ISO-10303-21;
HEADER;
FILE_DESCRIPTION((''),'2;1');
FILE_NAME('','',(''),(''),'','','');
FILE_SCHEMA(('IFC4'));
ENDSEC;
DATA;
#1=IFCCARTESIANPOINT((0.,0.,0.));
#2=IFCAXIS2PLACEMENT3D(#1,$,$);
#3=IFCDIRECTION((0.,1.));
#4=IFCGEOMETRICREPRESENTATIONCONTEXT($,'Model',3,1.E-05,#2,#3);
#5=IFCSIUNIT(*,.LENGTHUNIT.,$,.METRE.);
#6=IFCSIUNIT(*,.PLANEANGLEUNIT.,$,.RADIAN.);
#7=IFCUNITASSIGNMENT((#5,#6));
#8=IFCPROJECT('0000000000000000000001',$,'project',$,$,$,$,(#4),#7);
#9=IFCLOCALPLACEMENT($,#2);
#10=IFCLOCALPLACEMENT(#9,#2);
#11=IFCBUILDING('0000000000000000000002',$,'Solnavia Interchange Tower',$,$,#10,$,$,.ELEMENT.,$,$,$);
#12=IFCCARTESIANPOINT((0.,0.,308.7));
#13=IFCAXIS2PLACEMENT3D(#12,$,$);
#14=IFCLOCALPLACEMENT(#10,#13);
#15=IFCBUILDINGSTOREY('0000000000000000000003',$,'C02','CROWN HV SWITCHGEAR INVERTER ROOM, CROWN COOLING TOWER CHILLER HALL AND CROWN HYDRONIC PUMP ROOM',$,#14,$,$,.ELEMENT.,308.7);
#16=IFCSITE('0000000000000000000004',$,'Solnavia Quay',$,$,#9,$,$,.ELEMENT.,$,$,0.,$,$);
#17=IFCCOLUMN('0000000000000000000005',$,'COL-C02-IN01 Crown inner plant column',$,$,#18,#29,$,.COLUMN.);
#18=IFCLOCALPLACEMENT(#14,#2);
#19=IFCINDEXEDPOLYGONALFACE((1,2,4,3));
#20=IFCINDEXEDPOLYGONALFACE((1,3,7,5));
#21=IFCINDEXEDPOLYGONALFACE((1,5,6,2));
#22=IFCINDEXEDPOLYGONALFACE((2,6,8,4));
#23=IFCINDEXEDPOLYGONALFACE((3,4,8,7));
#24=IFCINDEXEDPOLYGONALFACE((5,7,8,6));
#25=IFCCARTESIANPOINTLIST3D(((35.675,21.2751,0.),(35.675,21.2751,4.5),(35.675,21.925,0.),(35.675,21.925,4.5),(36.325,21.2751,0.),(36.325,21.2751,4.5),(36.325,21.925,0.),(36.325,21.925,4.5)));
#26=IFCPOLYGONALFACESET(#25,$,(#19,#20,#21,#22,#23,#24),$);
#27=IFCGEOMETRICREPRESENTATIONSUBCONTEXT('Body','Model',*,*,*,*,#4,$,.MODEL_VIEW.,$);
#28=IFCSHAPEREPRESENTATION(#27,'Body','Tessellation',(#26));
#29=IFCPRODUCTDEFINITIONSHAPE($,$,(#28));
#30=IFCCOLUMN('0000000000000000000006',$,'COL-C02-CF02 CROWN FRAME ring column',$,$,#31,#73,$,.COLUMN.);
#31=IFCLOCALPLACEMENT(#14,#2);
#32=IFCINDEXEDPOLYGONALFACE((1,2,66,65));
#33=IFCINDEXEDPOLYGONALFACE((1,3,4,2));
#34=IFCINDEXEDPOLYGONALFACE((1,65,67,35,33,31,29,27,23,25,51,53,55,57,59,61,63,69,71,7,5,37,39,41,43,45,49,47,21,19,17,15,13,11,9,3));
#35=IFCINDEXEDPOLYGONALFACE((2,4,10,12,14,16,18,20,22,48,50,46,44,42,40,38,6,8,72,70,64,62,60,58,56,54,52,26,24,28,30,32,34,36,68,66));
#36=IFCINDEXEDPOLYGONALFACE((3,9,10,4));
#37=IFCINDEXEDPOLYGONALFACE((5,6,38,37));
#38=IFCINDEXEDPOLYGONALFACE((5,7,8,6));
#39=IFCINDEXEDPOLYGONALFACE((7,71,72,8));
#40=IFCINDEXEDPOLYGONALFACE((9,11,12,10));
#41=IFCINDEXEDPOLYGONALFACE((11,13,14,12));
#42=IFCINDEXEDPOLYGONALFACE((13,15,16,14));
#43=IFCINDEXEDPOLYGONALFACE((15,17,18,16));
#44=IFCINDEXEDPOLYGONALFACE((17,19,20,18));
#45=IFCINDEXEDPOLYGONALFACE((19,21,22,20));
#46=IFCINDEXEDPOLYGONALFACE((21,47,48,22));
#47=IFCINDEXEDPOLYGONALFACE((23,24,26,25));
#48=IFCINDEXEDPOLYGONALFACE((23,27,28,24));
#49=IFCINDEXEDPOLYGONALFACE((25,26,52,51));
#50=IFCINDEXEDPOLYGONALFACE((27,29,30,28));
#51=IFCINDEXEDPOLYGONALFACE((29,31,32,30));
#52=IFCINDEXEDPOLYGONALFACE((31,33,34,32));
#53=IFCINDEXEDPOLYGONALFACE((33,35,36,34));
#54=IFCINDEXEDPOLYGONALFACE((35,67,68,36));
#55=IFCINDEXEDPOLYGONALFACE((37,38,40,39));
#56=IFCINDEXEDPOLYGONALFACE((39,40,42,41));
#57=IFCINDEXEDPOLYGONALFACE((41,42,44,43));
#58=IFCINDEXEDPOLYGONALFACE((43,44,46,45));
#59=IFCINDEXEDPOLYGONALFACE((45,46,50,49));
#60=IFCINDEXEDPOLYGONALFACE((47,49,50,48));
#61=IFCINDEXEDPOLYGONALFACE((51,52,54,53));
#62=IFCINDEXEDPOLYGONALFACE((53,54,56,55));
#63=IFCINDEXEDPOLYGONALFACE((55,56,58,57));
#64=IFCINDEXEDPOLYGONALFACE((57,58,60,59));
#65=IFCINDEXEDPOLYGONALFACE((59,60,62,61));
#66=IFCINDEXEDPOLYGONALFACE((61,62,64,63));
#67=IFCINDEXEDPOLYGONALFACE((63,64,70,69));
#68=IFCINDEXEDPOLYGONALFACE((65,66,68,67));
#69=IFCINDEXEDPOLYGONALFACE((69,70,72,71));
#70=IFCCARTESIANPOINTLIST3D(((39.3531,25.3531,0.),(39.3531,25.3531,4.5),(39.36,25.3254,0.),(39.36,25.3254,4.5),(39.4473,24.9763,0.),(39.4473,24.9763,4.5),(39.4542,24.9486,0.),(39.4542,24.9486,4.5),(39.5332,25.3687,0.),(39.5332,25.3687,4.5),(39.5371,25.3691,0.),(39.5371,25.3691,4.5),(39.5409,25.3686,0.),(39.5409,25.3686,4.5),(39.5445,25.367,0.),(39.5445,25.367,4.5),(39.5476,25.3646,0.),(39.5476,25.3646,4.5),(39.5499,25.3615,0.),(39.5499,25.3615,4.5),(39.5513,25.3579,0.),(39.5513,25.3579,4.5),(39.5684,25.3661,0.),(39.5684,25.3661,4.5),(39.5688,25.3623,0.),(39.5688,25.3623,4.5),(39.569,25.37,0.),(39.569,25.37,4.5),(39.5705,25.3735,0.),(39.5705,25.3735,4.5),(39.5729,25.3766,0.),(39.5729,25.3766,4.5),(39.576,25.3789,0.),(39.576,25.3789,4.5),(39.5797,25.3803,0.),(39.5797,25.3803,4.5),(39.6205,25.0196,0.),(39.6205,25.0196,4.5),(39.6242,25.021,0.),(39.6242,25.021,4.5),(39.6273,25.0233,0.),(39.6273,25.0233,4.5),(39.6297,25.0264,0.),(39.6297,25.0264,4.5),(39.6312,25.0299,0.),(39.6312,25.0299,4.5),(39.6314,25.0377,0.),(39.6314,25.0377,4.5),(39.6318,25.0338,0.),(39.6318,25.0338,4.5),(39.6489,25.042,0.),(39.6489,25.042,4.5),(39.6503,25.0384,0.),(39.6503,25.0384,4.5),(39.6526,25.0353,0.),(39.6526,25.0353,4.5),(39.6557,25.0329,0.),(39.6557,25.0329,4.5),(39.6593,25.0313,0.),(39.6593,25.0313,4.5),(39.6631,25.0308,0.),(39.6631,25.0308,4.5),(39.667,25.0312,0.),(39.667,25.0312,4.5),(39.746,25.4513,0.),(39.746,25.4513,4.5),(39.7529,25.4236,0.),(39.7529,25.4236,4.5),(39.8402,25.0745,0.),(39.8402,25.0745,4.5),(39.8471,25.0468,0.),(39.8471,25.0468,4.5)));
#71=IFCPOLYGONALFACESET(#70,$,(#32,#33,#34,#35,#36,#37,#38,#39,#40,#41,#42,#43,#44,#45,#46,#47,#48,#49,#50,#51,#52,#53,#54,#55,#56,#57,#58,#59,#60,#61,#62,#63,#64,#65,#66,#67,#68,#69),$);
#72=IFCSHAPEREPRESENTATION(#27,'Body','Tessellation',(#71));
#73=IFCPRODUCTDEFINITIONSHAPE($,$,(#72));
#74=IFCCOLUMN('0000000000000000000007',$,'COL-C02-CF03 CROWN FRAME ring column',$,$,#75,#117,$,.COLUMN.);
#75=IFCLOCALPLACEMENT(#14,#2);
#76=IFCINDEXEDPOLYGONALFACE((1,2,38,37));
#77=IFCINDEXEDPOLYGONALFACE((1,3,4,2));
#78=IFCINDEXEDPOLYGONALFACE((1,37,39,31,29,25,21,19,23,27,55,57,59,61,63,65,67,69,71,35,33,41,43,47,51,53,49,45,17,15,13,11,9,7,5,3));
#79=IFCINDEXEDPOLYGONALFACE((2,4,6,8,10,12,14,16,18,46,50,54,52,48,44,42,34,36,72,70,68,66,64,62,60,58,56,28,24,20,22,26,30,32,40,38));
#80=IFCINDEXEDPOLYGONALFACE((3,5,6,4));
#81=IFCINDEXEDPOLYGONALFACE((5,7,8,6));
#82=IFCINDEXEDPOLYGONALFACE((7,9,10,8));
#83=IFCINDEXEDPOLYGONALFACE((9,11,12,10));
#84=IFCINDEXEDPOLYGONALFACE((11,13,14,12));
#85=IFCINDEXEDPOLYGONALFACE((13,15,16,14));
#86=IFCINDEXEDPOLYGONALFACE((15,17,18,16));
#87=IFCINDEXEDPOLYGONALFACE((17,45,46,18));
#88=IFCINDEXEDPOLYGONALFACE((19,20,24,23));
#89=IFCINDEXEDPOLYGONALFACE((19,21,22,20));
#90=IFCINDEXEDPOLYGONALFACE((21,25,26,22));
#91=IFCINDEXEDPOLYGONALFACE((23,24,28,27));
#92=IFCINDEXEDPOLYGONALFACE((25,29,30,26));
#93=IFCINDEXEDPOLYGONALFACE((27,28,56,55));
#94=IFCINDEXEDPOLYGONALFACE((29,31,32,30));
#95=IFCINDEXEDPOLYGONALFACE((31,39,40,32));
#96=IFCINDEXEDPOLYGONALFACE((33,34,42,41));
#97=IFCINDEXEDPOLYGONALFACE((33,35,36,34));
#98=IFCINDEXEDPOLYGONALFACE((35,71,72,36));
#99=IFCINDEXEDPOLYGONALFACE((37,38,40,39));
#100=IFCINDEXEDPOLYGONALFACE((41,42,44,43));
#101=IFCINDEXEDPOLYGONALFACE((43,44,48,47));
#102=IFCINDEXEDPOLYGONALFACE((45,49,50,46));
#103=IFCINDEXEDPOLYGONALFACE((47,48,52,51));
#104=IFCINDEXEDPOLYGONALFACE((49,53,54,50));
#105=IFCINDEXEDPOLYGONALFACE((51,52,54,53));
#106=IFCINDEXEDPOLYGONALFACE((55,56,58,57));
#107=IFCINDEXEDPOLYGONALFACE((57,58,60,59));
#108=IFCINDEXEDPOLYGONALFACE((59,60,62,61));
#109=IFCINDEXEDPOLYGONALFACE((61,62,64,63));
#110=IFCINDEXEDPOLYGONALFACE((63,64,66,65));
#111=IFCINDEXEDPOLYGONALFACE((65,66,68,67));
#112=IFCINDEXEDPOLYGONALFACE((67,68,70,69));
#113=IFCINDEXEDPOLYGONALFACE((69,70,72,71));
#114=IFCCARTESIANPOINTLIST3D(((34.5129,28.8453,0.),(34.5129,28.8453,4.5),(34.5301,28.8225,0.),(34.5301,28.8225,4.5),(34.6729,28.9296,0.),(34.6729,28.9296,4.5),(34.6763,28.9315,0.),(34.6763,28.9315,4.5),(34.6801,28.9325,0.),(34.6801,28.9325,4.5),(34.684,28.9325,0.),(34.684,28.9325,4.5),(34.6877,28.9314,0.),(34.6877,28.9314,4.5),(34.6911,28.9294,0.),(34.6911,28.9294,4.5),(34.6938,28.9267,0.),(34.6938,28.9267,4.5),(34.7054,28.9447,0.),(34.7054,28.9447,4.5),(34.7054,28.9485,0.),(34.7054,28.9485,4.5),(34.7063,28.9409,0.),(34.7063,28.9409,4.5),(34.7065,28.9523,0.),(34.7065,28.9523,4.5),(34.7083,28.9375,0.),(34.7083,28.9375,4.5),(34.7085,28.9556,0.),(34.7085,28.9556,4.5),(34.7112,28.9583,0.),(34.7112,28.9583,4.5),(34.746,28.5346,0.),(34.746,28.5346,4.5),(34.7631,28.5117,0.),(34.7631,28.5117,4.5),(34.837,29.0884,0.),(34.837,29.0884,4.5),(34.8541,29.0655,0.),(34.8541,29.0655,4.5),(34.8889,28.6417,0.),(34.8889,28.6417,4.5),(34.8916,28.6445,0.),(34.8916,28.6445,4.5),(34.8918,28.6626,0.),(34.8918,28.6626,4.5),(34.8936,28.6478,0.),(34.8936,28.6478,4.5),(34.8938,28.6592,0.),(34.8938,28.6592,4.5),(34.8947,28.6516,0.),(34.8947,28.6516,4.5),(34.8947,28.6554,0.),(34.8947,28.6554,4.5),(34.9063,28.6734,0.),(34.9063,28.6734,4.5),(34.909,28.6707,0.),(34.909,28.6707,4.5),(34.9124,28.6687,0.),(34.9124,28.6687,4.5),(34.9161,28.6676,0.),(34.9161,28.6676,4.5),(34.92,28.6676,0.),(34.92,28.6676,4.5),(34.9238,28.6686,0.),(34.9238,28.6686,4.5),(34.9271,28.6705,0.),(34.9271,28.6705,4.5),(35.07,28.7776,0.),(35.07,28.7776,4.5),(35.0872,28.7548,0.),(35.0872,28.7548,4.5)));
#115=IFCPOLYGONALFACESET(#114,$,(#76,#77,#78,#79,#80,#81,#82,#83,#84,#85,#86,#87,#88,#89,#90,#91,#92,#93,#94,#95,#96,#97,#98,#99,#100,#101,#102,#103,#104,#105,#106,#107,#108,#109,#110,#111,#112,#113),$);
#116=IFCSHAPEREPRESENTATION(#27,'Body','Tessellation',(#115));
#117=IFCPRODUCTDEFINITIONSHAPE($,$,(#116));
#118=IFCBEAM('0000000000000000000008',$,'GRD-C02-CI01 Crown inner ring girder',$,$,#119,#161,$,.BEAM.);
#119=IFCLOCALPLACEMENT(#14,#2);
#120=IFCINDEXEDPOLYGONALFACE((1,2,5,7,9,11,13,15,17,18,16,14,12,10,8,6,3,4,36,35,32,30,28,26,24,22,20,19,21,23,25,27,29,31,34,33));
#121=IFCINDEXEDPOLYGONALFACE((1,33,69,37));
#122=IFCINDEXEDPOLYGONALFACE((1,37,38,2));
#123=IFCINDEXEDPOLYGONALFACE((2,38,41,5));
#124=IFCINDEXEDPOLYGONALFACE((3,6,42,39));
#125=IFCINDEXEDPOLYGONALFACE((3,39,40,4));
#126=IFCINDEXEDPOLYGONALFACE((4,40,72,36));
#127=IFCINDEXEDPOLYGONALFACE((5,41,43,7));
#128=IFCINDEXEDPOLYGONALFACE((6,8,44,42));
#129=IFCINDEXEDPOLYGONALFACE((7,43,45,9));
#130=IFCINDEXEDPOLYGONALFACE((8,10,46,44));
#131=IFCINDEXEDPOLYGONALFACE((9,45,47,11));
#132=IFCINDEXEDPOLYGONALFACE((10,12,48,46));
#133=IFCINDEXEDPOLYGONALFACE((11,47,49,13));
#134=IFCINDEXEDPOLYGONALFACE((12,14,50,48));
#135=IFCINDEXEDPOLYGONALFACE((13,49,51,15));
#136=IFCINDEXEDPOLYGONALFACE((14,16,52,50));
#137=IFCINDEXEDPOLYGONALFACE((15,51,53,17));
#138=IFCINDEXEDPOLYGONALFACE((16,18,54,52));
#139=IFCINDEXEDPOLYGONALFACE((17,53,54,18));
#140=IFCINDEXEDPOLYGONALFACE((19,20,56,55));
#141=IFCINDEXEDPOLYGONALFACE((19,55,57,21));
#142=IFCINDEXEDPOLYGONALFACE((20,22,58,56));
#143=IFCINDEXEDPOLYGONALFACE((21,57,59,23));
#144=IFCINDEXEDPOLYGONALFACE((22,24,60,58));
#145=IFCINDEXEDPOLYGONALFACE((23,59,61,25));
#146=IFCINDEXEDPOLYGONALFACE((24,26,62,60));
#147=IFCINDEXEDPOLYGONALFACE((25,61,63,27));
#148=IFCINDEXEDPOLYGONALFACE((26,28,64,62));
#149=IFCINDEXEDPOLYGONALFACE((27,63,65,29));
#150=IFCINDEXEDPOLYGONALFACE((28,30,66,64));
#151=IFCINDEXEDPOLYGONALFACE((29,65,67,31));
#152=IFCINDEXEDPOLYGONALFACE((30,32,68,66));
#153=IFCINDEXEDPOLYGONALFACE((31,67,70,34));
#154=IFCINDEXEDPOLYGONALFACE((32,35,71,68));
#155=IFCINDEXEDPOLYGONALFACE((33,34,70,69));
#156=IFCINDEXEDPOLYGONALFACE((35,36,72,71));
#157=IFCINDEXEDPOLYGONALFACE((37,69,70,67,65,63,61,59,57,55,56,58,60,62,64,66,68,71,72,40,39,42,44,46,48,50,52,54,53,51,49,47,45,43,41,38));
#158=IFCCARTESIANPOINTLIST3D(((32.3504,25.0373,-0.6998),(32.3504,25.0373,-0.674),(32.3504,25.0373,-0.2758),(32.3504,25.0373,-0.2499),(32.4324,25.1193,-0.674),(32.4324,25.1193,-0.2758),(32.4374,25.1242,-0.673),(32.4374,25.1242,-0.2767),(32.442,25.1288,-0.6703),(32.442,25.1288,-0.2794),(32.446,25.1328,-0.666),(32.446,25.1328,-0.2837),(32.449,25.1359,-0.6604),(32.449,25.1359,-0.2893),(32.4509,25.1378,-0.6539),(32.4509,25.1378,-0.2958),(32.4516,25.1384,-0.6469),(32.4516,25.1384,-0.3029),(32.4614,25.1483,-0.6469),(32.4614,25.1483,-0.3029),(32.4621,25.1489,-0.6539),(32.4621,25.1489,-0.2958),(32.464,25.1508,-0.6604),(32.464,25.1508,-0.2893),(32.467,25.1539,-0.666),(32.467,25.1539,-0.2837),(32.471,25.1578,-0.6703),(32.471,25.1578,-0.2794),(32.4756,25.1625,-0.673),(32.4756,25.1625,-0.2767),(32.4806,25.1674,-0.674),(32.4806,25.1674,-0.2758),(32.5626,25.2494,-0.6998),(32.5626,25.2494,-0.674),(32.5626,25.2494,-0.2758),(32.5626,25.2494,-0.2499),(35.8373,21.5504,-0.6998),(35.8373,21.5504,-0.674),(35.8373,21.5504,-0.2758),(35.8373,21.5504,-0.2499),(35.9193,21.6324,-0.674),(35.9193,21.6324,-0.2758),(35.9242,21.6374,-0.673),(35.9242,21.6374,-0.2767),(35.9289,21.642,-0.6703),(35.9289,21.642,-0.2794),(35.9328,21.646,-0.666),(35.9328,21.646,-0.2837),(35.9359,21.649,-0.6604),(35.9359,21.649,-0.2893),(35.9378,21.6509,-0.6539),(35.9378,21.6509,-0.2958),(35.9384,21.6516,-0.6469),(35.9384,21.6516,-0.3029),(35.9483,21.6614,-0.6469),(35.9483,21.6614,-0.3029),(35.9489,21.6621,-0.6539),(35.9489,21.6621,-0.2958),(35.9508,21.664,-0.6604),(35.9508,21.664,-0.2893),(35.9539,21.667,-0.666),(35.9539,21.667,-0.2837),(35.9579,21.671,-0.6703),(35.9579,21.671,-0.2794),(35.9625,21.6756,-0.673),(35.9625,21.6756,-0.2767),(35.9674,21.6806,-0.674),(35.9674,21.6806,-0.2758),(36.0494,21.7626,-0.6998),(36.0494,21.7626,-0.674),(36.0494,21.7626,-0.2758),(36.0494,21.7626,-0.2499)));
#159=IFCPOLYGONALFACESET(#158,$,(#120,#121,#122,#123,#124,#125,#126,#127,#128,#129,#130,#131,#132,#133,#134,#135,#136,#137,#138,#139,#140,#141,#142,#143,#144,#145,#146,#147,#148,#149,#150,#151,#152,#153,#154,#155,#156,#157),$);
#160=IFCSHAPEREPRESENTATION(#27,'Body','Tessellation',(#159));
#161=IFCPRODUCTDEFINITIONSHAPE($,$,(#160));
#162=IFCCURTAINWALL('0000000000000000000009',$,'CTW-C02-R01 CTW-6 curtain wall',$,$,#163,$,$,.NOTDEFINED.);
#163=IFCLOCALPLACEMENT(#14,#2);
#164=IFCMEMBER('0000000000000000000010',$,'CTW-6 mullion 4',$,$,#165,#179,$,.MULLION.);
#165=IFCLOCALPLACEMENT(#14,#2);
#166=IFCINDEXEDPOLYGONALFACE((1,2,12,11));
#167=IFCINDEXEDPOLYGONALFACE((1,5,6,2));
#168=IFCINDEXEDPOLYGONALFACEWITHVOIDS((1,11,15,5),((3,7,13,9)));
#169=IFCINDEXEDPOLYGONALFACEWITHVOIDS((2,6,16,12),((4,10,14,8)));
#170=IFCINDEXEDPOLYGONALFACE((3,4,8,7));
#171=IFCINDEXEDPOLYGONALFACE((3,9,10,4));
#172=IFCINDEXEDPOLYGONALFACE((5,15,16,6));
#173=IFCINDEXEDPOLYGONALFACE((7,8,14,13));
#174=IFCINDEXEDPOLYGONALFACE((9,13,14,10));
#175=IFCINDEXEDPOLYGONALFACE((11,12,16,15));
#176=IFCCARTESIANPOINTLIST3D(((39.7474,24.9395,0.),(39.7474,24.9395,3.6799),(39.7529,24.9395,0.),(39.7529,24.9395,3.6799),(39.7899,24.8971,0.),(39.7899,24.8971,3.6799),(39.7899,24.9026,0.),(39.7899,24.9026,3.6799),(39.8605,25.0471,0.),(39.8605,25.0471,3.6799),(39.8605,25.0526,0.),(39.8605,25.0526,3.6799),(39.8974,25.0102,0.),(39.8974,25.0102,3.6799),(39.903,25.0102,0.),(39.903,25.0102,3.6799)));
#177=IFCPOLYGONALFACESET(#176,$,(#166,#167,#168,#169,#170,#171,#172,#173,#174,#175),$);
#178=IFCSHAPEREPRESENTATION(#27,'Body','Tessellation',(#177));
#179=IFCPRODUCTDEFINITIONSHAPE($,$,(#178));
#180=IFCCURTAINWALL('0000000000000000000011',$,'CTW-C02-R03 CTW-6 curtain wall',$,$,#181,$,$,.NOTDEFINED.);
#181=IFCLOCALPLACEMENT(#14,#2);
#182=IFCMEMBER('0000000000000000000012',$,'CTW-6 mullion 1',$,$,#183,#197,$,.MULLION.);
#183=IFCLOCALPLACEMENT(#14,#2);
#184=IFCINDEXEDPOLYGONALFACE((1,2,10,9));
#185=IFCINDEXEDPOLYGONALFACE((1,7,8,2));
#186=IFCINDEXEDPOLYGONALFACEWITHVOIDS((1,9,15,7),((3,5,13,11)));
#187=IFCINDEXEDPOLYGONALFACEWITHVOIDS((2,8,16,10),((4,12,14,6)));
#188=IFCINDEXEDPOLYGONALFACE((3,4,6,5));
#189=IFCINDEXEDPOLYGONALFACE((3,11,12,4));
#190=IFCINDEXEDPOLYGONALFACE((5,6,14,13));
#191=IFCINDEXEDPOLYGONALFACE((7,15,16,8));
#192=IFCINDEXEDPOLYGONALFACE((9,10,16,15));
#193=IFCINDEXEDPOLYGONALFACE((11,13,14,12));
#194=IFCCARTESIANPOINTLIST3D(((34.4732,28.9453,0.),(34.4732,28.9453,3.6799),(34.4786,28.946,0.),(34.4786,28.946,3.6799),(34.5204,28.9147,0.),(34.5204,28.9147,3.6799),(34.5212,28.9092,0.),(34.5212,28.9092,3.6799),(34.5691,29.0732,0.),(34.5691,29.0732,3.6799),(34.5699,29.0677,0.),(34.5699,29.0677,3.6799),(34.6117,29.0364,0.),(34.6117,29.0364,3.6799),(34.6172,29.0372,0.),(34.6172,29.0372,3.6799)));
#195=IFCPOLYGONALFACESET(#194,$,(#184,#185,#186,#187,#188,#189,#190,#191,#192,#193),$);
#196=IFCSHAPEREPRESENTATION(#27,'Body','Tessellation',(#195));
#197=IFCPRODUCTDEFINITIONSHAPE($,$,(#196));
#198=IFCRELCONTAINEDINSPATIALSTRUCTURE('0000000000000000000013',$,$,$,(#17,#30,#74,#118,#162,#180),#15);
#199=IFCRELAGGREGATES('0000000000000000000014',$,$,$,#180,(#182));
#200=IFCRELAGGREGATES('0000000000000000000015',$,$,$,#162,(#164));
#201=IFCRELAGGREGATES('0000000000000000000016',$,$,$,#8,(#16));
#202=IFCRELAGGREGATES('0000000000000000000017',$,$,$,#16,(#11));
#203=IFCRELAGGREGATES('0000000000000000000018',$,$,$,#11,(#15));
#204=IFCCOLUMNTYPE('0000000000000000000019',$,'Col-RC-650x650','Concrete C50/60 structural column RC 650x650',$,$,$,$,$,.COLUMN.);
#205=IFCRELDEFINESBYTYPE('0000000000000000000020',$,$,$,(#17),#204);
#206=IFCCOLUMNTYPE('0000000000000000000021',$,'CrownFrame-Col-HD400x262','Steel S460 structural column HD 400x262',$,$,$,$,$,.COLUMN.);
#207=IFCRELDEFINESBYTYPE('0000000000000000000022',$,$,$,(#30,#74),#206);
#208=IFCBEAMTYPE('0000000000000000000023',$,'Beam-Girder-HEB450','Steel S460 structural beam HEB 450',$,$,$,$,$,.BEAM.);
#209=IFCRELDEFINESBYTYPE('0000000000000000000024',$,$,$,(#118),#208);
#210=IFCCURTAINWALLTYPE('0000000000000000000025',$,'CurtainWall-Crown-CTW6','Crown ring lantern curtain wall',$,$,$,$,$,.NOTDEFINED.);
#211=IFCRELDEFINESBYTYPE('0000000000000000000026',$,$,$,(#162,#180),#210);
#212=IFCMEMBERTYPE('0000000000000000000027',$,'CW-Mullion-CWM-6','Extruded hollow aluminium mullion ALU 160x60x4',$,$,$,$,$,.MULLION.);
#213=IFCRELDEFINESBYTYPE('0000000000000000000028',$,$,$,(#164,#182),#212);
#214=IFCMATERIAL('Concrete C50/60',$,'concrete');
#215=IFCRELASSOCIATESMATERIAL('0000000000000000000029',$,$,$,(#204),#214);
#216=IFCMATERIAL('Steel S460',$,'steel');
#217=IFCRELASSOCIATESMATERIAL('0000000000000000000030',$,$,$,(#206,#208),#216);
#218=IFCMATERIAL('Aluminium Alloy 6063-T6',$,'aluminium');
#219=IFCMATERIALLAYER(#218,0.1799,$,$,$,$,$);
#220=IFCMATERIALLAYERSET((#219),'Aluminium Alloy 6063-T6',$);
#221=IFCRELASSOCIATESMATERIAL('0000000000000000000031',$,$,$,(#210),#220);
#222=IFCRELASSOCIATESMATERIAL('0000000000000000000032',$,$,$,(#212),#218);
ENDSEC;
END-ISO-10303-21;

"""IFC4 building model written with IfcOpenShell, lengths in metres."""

from ifc_helpers import new_model, si_unit, direction, frame, origin, origin_2d, place, context, subcontext, project, spatial, rectangle, hollow_rectangle, i_section, extrude, material, layer, layer_set, material_profile, profile_set, type_object, element, aggregate, save


model = new_model("IFC4")

# Units and contexts
model_context = context("Model", 3, precision=1e-05, world=origin(), true_north=direction((0.0, 1.0)))
body_context = subcontext(model_context, "Body", "Model", "MODEL_VIEW")
ifc_project = project(units=[si_unit("LENGTHUNIT", "METRE"), si_unit("PLANEANGLEUNIT", "RADIAN")], contexts=[model_context])

# Site, building, storey
site_placement = place(None, origin())
site = spatial("IfcSite", under=ifc_project, at=site_placement, Name="Solnavia Quay", CompositionType="ELEMENT", RefElevation=0.0)
building_placement = place(site_placement, origin())
building = spatial("IfcBuilding", under=site, at=building_placement, Name="Solnavia Interchange Tower", CompositionType="ELEMENT")
storey_placement = place(building_placement, frame((0.0, 0.0, 308.7)))
storey = spatial("IfcBuildingStorey", under=building, at=storey_placement, Name="C02", Description="CROWN HV SWITCHGEAR INVERTER ROOM, CROWN COOLING TOWER CHILLER HALL AND CROWN HYDRONIC PUMP ROOM", CompositionType="ELEMENT", Elevation=308.7)

# Columns
ifc_material_1 = material(Name="Concrete C50/60", Category="concrete")
ifc_material_profile_1 = material_profile(ifc_material_1, rectangle(XDim=0.6499, YDim=0.6499, at=origin_2d()), Name="RC 650x650")
ifc_profile_set_1 = profile_set([ifc_material_profile_1], Name="Concrete C50/60")
column_type_1 = type_object("IfcColumnType", Name="Col-RC-650x650", Description="Concrete C50/60 structural column RC 650x650", PredefinedType="COLUMN", material=ifc_profile_set_1)
column_placement = place(storey_placement, frame((36.0, 21.6001, 0.0), z_axis=(0.0, 0.0, 1.0), x_axis=(1.0, 0.0, 0.0)))
element("IfcColumn", 1, at=column_placement, inside=storey, type_object=column_type_1, Name="COL-C02-IN01 Crown inner plant column", PredefinedType="COLUMN", context=body_context, shape_type="SweptSolid", body=[
    extrude(rectangle(XDim=0.6499, YDim=0.6499, at=origin_2d()), origin(), (0.0, 0.0, 1.0), 4.5),
])
ifc_material_2 = material(Name="Steel S460", Category="steel")
ifc_material_profile_2 = material_profile(ifc_material_2, i_section(OverallWidth=0.405, OverallDepth=0.417, WebThickness=0.0181, FlangeThickness=0.0286, FilletRadius=0.0149, at=origin_2d()), Name="HD 400x262")
ifc_profile_set_2 = profile_set([ifc_material_profile_2], Name="Steel S460")
column_type_2 = type_object("IfcColumnType", Name="CrownFrame-Col-HD400x262", Description="Steel S460 structural column HD 400x262", PredefinedType="COLUMN", material=ifc_profile_set_2)
for number, where, z_axis, x_axis, name in (
    (2, (39.6001, 25.2, 0.0), (0.0, 0.0, 1.0), (0.970127, 0.242599, 0.0), "COL-C02-CF02 CROWN FRAME ring column"),
    (3, (34.8, 28.8, 0.0), (0.0, 0.0, 1.0), (0.799999, 0.600001, 0.0), "COL-C02-CF03 CROWN FRAME ring column"),
):
    element("IfcColumn", number, at=place(storey_placement, frame(where, z_axis=z_axis, x_axis=x_axis)), inside=storey, type_object=column_type_2, Name=name, PredefinedType="COLUMN", context=body_context, shape_type="SweptSolid", body=[
        extrude(i_section(OverallWidth=0.405, OverallDepth=0.417, WebThickness=0.0181, FlangeThickness=0.0286, FilletRadius=0.0149, at=origin_2d()), origin(), (0.0, 0.0, 1.0), 4.5),
    ])

# Beam
ifc_material_profile_3 = material_profile(ifc_material_2, i_section(OverallWidth=0.3, OverallDepth=0.45, WebThickness=0.0139, FlangeThickness=0.0259, FilletRadius=0.0271, at=origin_2d()), Name="HEB 450")
ifc_profile_set_3 = profile_set([ifc_material_profile_3], Name="Steel S460")
beam_type_1 = type_object("IfcBeamType", Name="Beam-Girder-HEB450", Description="Steel S460 structural beam HEB 450", PredefinedType="BEAM", material=ifc_profile_set_3)
beam_1_placement = place(storey_placement, frame((35.9434, 21.6565, -0.4749), z_axis=(-0.707107, 0.707107, 0.0), x_axis=(-0.707107, -0.707107, 0.0)))
element("IfcBeam", 4, at=beam_1_placement, inside=storey, type_object=beam_type_1, Name="GRD-C02-CI01 Crown inner ring girder", PredefinedType="BEAM", context=body_context, shape_type="SweptSolid", body=[
    extrude(i_section(OverallWidth=0.3, OverallDepth=0.45, WebThickness=0.0139, FlangeThickness=0.0259, FilletRadius=0.0271, at=origin_2d()), origin(), (0.0, 0.0, 1.0), 4.9312),
])

# Curtain wall, member
ifc_material_3 = material(Name="Aluminium Alloy 6063-T6", Category="aluminium")
ifc_layer_1 = layer(ifc_material_3, 0.1799)
ifc_layer_set_1 = layer_set([ifc_layer_1], Name="Aluminium Alloy 6063-T6")
curtain_wall_type = type_object("IfcCurtainWallType", Name="CurtainWall-Crown-CTW6", Description="Crown ring lantern curtain wall", PredefinedType="NOTDEFINED", material=ifc_layer_set_1)
curtain_wall_1_placement = place(storey_placement, origin())
curtain_wall_1 = element("IfcCurtainWall", 5, at=curtain_wall_1_placement, inside=storey, type_object=curtain_wall_type, Name="CTW-C02-R01 CTW-6 curtain wall", PredefinedType="NOTDEFINED")
ifc_material_profile_4 = material_profile(ifc_material_3, hollow_rectangle(XDim=0.0601, YDim=0.1599, WallThickness=0.0039, at=origin_2d()), Name="ALU 160x60x4")
ifc_profile_set_4 = profile_set([ifc_material_profile_4], Name="Aluminium Alloy 6063-T6")
member_type_1 = type_object("IfcMemberType", Name="CW-Mullion-CWM-6", Description="Extruded hollow aluminium mullion ALU 160x60x4", PredefinedType="MULLION", material=ifc_profile_set_4)
member_1_placement = place(storey_placement, frame((39.8252, 24.9749, 0.0), z_axis=(0.0, 0.0, 1.0), x_axis=(-0.707107, 0.707107, 0.0)))
member_1 = element("IfcMember", 6, at=member_1_placement, type_object=member_type_1, Name="CTW-6 mullion 4", PredefinedType="MULLION", context=body_context, shape_type="SweptSolid", body=[
    extrude(hollow_rectangle(XDim=0.0601, YDim=0.1599, WallThickness=0.0039, at=origin_2d()), origin(), (0.0, 0.0, 1.0), 3.6799),
])

# Curtain wall, member
curtain_wall_2_placement = place(storey_placement, origin())
curtain_wall_2 = element("IfcCurtainWall", 7, at=curtain_wall_2_placement, inside=storey, type_object=curtain_wall_type, Name="CTW-C02-R03 CTW-6 curtain wall", PredefinedType="NOTDEFINED")
member_2_placement = place(storey_placement, frame((34.5452, 28.9912, 0.0), z_axis=(0.0, 0.0, 1.0), x_axis=(-0.8, 0.6, 0.0)))
member_2 = element("IfcMember", 8, at=member_2_placement, type_object=member_type_1, Name="CTW-6 mullion 1", PredefinedType="MULLION", context=body_context, shape_type="SweptSolid", body=[
    extrude(hollow_rectangle(XDim=0.0601, YDim=0.1599, WallThickness=0.0039, at=origin_2d()), origin(), (0.0, 0.0, 1.0), 3.6799),
])
aggregate(curtain_wall_2, [member_2])

aggregate(curtain_wall_1, [member_1])

save(model, "model.ifc")
